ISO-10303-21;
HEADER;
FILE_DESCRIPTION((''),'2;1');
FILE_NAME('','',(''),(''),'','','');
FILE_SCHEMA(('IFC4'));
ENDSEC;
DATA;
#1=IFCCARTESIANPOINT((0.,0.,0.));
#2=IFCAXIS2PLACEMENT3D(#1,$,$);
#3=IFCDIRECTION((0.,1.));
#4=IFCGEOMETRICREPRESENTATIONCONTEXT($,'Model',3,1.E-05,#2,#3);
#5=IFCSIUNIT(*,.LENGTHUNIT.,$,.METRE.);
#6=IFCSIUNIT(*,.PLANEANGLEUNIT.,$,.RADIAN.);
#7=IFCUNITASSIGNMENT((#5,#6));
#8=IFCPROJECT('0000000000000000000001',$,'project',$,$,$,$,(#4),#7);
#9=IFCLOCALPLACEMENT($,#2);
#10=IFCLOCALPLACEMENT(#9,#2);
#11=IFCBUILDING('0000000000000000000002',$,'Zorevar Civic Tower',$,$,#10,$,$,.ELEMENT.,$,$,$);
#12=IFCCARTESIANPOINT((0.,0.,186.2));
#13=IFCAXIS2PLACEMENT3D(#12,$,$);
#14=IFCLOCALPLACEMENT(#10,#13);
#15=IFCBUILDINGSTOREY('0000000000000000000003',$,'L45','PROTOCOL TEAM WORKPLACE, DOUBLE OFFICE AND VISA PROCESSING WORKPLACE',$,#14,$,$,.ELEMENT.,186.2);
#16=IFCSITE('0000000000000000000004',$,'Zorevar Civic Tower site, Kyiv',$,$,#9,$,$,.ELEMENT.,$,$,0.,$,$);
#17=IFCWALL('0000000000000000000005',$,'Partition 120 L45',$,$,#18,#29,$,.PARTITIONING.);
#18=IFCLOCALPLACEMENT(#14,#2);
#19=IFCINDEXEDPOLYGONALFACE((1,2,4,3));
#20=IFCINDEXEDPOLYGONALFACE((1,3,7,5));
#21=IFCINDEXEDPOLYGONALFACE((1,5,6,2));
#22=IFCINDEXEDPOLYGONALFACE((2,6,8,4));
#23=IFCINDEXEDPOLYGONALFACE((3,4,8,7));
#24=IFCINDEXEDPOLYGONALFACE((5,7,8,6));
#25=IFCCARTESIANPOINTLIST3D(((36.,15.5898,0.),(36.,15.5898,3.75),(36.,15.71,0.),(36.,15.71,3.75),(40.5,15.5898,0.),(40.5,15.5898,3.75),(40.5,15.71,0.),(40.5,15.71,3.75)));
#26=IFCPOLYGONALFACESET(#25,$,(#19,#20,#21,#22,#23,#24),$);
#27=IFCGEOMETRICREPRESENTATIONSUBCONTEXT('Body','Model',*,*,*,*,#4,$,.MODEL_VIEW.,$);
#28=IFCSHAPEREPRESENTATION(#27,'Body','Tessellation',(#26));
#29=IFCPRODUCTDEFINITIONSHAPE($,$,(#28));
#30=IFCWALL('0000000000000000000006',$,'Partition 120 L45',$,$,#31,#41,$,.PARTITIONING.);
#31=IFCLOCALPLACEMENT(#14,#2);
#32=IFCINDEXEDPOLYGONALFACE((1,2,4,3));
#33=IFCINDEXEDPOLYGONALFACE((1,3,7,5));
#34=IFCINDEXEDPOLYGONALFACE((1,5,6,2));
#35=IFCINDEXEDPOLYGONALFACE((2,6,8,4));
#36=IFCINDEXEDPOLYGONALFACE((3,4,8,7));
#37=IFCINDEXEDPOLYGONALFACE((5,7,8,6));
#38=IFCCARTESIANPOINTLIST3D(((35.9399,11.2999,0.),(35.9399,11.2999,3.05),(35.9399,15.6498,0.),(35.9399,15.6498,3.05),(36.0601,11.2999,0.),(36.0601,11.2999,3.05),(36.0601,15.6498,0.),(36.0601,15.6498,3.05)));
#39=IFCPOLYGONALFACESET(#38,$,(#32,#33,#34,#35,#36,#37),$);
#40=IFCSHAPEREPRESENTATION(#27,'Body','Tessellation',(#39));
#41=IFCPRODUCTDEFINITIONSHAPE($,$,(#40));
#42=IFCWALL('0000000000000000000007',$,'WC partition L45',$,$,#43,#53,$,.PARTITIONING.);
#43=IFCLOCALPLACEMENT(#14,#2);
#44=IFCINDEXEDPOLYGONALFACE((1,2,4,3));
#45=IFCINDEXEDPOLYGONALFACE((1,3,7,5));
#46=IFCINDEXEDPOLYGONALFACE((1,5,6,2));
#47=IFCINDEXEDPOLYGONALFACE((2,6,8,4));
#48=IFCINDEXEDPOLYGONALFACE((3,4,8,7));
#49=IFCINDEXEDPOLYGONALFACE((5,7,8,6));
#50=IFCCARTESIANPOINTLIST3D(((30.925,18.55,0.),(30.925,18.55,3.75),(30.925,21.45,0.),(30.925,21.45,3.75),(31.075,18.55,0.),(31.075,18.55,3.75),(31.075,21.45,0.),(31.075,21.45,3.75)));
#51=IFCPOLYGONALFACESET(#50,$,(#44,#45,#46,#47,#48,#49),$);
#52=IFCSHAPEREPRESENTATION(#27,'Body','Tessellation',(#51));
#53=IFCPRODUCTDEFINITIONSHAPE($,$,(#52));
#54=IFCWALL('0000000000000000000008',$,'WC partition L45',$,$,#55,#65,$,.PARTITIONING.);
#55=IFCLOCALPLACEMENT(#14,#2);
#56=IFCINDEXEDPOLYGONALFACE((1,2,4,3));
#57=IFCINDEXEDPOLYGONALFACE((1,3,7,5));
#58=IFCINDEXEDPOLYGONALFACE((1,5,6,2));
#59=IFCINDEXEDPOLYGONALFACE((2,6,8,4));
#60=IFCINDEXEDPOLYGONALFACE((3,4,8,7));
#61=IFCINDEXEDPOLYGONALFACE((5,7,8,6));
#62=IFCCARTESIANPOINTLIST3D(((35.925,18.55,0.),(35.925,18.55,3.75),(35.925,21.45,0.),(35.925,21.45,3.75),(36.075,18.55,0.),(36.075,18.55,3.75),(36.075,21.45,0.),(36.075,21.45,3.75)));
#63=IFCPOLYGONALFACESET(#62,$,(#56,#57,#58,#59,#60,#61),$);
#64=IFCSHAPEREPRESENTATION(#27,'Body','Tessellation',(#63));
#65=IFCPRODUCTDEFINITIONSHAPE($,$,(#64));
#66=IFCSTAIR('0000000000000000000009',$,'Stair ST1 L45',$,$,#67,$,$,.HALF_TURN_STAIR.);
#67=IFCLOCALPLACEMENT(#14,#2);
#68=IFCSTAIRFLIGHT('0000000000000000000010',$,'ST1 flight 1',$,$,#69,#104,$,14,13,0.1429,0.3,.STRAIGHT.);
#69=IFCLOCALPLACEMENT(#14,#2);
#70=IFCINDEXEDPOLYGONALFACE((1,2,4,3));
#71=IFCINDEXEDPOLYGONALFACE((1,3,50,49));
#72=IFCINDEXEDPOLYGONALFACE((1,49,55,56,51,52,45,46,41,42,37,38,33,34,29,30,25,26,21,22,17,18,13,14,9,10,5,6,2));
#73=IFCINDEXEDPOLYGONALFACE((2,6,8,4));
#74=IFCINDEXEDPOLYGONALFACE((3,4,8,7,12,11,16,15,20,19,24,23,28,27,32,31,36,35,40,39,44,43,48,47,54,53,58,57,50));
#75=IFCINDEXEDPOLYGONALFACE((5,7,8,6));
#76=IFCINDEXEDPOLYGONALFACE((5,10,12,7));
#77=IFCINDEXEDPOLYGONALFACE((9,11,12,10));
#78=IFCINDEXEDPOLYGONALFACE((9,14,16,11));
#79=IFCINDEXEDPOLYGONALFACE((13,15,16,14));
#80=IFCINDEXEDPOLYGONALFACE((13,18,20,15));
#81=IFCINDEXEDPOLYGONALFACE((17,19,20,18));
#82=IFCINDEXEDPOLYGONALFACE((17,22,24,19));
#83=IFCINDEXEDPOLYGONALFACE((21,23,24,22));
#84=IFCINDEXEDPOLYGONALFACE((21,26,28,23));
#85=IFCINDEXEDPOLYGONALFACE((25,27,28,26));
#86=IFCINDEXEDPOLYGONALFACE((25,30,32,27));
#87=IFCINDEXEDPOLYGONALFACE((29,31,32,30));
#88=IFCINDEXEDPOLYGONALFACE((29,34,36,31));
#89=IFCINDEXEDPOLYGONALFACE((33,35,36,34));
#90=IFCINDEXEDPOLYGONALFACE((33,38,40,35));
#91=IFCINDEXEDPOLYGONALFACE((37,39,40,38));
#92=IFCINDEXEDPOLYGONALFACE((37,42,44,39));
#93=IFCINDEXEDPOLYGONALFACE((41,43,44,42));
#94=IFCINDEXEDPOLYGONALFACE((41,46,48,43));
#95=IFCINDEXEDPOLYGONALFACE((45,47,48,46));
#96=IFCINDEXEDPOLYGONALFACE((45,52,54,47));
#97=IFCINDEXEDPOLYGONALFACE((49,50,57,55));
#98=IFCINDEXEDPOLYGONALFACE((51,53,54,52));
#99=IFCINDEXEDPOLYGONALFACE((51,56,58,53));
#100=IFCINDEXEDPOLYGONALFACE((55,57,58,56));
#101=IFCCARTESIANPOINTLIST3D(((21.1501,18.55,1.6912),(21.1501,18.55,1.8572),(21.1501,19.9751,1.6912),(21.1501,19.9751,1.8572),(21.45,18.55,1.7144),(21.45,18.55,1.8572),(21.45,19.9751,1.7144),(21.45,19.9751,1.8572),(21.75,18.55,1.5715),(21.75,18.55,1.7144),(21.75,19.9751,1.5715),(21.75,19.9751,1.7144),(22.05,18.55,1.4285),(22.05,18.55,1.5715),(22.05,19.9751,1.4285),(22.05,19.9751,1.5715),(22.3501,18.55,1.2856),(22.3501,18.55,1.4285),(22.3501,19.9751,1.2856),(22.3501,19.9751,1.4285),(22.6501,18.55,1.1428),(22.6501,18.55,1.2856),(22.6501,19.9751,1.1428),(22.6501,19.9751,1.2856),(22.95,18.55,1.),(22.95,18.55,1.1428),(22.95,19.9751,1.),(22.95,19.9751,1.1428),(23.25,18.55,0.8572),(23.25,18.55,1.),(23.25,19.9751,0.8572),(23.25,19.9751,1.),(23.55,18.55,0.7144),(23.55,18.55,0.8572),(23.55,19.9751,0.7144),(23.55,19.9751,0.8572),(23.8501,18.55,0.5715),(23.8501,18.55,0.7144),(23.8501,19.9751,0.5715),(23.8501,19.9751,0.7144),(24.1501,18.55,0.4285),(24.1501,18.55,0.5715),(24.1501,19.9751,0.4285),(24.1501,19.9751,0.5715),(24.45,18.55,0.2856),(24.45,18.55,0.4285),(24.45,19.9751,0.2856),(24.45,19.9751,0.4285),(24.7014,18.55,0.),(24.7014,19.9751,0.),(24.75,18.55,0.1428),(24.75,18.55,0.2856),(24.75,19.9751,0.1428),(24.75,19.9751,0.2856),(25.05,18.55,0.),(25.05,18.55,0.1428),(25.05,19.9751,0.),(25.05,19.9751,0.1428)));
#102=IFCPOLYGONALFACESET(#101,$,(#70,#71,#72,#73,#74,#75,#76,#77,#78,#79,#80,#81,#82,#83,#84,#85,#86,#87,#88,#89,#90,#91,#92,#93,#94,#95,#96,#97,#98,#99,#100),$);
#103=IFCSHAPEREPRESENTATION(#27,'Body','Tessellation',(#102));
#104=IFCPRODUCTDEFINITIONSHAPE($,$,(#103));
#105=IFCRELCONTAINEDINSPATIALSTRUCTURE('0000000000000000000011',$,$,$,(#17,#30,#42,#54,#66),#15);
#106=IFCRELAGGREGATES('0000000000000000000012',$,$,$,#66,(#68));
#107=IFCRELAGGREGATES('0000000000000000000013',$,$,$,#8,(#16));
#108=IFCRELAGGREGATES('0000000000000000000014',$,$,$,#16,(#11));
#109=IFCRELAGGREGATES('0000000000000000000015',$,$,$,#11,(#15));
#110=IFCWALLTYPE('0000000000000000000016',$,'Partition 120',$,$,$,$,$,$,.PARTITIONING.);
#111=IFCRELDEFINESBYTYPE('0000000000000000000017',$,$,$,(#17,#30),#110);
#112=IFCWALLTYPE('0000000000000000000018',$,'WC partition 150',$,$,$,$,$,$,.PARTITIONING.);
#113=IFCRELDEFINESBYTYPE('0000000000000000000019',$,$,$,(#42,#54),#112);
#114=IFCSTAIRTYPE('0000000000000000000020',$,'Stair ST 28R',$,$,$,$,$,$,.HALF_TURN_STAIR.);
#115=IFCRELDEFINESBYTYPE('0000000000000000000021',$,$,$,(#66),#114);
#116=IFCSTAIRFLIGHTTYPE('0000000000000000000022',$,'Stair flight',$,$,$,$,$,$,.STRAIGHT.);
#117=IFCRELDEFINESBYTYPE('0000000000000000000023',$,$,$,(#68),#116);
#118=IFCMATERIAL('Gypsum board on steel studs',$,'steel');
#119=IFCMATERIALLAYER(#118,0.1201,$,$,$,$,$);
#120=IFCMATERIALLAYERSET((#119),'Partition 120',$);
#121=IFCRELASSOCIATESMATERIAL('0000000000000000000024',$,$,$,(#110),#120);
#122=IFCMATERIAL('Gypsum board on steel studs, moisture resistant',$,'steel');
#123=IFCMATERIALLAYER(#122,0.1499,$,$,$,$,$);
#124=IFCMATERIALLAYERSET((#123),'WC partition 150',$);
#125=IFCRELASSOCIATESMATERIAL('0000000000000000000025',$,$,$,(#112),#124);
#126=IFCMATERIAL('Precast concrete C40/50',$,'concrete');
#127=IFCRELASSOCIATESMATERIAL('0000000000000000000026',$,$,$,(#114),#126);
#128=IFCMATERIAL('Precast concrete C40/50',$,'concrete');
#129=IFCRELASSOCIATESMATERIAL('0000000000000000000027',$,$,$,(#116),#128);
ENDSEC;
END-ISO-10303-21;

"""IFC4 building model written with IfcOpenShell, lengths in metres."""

from ifc_helpers import new_model, si_unit, direction, frame, frame_2d, origin, place, context, subcontext, project, spatial, polyline, rectangle, outline, extrude, material, layer, layer_set, type_object, element, aggregate, save


model = new_model("IFC4")

# Units and contexts
model_context = context("Model", 3, precision=1e-05, world=origin(), true_north=direction((0.0, 1.0)))
body_context = subcontext(model_context, "Body", "Model", "MODEL_VIEW")
ifc_project = project(units=[si_unit("LENGTHUNIT", "METRE"), si_unit("PLANEANGLEUNIT", "RADIAN")], contexts=[model_context])

# Site, building, storey
site_placement = place(None, origin())
site = spatial("IfcSite", under=ifc_project, at=site_placement, Name="Zorevar Civic Tower site, Kyiv", CompositionType="ELEMENT", RefElevation=0.0)
building_placement = place(site_placement, origin())
building = spatial("IfcBuilding", under=site, at=building_placement, Name="Zorevar Civic Tower", CompositionType="ELEMENT")
storey_placement = place(building_placement, frame((0.0, 0.0, 186.2)))
storey = spatial("IfcBuildingStorey", under=building, at=storey_placement, Name="L45", Description="PROTOCOL TEAM WORKPLACE, DOUBLE OFFICE AND VISA PROCESSING WORKPLACE", CompositionType="ELEMENT", Elevation=186.2)

# Shared definitions
ifc_material_1 = material(Name="Gypsum board on steel studs", Category="steel")
ifc_layer_1 = layer(ifc_material_1, 0.1201)
ifc_layer_set_1 = layer_set([ifc_layer_1], Name="Partition 120")
wall_type_1 = type_object("IfcWallType", Name="Partition 120", PredefinedType="PARTITIONING", material=ifc_layer_set_1)

# Walls
wall_1_placement = place(storey_placement, frame((36.0, 15.6499, 0.0), z_axis=(0.0, 0.0, 1.0), x_axis=(1.0, 0.0, 0.0)))
element("IfcWall", 1, at=wall_1_placement, inside=storey, type_object=wall_type_1, Name="Partition 120 L45", PredefinedType="PARTITIONING", context=body_context, shape_type="SweptSolid", body=[
    extrude(rectangle(XDim=4.5, YDim=0.1201, at=frame_2d((2.25, 0.0))), origin(), (0.0, 0.0, 1.0), 3.75),
])
wall_2_placement = place(storey_placement, frame((36.0, 11.3, 0.0), z_axis=(0.0, 0.0, 1.0), x_axis=(0.0, 1.0, 0.0)))
element("IfcWall", 2, at=wall_2_placement, inside=storey, type_object=wall_type_1, Name="Partition 120 L45", PredefinedType="PARTITIONING", context=body_context, shape_type="SweptSolid", body=[
    extrude(rectangle(XDim=4.3499, YDim=0.1201, at=frame_2d((2.1748, 0.0))), origin(), (0.0, 0.0, 1.0), 3.05),
])
ifc_material_2 = material(Name="Gypsum board on steel studs, moisture resistant", Category="steel")
ifc_layer_2 = layer(ifc_material_2, 0.1499)
ifc_layer_set_2 = layer_set([ifc_layer_2], Name="WC partition 150")
wall_type_2 = type_object("IfcWallType", Name="WC partition 150", PredefinedType="PARTITIONING", material=ifc_layer_set_2)
for number, where, z_axis, x_axis, name in (
    (3, (31.0, 18.55, 0.0), (0.0, 0.0, 1.0), (0.0, 1.0, 0.0), "WC partition L45"),
    (4, (36.0, 18.55, 0.0), (0.0, 0.0, 1.0), (0.0, 1.0, 0.0), "WC partition L45"),
):
    element("IfcWall", number, at=place(storey_placement, frame(where, z_axis=z_axis, x_axis=x_axis)), inside=storey, type_object=wall_type_2, Name=name, PredefinedType="PARTITIONING", context=body_context, shape_type="SweptSolid", body=[
        extrude(rectangle(XDim=2.8999, YDim=0.1499, at=frame_2d((1.45, 0.0))), origin(), (0.0, 0.0, 1.0), 3.75),
    ])

# Stair, stair flight
ifc_material_3 = material(Name="Precast concrete C40/50", Category="concrete")
stair_type = type_object("IfcStairType", Name="Stair ST 28R", PredefinedType="HALF_TURN_STAIR", material=ifc_material_3)
stair_placement = place(storey_placement, origin())
stair = element("IfcStair", 5, at=stair_placement, inside=storey, type_object=stair_type, Name="Stair ST1 L45", PredefinedType="HALF_TURN_STAIR")
ifc_material_4 = material(Name="Precast concrete C40/50", Category="concrete")
stair_flight_type = type_object("IfcStairFlightType", Name="Stair flight", PredefinedType="STRAIGHT", material=ifc_material_4)
stair_flight_placement = place(storey_placement, frame((25.05, 19.2625, 0.0), z_axis=(0.0, 0.0, 1.0), x_axis=(-1.0, 0.0, 0.0)))
stair_flight = element("IfcStairFlight", 6, at=stair_flight_placement, type_object=stair_flight_type, Name="ST1 flight 1", NumberOfRisers=14, NumberOfTreads=13, PredefinedType="STRAIGHT", RiserHeight=0.1429, TreadLength=0.3, context=body_context, shape_type="SweptSolid", body=[
    extrude(outline(polyline([(0.0, 0.0), (0.0, 0.1428), (0.3, 0.1428), (0.3, 0.2856), (0.6001, 0.2856), (0.6001, 0.4285), (0.8999, 0.4285), (0.8999, 0.5715), (1.2, 0.5715), (1.2, 0.7144), (1.5, 0.7144), (1.5, 0.8572), (1.8, 0.8572), (1.8, 1.0), (2.1001, 1.0), (2.1001, 1.1428), (2.3999, 1.1428), (2.3999, 1.2856), (2.7, 1.2856), (2.7, 1.4285), (3.0, 1.4285), (3.0, 1.5715), (3.3, 1.5715), (3.3, 1.7144), (3.6001, 1.7144), (3.6001, 1.8572), (3.8999, 1.8572), (3.8999, 2.0), (3.8999, 1.6912), (0.3486, 0.0), (0.0, 0.0)])), frame((0.0, 0.7124, 0.0), z_axis=(0.0, -1.0, 0.0), x_axis=(1.0, 0.0, 0.0)), (0.0, 0.0, 1.0), 1.425),
])
aggregate(stair, [stair_flight])

save(model, "model.ifc")
